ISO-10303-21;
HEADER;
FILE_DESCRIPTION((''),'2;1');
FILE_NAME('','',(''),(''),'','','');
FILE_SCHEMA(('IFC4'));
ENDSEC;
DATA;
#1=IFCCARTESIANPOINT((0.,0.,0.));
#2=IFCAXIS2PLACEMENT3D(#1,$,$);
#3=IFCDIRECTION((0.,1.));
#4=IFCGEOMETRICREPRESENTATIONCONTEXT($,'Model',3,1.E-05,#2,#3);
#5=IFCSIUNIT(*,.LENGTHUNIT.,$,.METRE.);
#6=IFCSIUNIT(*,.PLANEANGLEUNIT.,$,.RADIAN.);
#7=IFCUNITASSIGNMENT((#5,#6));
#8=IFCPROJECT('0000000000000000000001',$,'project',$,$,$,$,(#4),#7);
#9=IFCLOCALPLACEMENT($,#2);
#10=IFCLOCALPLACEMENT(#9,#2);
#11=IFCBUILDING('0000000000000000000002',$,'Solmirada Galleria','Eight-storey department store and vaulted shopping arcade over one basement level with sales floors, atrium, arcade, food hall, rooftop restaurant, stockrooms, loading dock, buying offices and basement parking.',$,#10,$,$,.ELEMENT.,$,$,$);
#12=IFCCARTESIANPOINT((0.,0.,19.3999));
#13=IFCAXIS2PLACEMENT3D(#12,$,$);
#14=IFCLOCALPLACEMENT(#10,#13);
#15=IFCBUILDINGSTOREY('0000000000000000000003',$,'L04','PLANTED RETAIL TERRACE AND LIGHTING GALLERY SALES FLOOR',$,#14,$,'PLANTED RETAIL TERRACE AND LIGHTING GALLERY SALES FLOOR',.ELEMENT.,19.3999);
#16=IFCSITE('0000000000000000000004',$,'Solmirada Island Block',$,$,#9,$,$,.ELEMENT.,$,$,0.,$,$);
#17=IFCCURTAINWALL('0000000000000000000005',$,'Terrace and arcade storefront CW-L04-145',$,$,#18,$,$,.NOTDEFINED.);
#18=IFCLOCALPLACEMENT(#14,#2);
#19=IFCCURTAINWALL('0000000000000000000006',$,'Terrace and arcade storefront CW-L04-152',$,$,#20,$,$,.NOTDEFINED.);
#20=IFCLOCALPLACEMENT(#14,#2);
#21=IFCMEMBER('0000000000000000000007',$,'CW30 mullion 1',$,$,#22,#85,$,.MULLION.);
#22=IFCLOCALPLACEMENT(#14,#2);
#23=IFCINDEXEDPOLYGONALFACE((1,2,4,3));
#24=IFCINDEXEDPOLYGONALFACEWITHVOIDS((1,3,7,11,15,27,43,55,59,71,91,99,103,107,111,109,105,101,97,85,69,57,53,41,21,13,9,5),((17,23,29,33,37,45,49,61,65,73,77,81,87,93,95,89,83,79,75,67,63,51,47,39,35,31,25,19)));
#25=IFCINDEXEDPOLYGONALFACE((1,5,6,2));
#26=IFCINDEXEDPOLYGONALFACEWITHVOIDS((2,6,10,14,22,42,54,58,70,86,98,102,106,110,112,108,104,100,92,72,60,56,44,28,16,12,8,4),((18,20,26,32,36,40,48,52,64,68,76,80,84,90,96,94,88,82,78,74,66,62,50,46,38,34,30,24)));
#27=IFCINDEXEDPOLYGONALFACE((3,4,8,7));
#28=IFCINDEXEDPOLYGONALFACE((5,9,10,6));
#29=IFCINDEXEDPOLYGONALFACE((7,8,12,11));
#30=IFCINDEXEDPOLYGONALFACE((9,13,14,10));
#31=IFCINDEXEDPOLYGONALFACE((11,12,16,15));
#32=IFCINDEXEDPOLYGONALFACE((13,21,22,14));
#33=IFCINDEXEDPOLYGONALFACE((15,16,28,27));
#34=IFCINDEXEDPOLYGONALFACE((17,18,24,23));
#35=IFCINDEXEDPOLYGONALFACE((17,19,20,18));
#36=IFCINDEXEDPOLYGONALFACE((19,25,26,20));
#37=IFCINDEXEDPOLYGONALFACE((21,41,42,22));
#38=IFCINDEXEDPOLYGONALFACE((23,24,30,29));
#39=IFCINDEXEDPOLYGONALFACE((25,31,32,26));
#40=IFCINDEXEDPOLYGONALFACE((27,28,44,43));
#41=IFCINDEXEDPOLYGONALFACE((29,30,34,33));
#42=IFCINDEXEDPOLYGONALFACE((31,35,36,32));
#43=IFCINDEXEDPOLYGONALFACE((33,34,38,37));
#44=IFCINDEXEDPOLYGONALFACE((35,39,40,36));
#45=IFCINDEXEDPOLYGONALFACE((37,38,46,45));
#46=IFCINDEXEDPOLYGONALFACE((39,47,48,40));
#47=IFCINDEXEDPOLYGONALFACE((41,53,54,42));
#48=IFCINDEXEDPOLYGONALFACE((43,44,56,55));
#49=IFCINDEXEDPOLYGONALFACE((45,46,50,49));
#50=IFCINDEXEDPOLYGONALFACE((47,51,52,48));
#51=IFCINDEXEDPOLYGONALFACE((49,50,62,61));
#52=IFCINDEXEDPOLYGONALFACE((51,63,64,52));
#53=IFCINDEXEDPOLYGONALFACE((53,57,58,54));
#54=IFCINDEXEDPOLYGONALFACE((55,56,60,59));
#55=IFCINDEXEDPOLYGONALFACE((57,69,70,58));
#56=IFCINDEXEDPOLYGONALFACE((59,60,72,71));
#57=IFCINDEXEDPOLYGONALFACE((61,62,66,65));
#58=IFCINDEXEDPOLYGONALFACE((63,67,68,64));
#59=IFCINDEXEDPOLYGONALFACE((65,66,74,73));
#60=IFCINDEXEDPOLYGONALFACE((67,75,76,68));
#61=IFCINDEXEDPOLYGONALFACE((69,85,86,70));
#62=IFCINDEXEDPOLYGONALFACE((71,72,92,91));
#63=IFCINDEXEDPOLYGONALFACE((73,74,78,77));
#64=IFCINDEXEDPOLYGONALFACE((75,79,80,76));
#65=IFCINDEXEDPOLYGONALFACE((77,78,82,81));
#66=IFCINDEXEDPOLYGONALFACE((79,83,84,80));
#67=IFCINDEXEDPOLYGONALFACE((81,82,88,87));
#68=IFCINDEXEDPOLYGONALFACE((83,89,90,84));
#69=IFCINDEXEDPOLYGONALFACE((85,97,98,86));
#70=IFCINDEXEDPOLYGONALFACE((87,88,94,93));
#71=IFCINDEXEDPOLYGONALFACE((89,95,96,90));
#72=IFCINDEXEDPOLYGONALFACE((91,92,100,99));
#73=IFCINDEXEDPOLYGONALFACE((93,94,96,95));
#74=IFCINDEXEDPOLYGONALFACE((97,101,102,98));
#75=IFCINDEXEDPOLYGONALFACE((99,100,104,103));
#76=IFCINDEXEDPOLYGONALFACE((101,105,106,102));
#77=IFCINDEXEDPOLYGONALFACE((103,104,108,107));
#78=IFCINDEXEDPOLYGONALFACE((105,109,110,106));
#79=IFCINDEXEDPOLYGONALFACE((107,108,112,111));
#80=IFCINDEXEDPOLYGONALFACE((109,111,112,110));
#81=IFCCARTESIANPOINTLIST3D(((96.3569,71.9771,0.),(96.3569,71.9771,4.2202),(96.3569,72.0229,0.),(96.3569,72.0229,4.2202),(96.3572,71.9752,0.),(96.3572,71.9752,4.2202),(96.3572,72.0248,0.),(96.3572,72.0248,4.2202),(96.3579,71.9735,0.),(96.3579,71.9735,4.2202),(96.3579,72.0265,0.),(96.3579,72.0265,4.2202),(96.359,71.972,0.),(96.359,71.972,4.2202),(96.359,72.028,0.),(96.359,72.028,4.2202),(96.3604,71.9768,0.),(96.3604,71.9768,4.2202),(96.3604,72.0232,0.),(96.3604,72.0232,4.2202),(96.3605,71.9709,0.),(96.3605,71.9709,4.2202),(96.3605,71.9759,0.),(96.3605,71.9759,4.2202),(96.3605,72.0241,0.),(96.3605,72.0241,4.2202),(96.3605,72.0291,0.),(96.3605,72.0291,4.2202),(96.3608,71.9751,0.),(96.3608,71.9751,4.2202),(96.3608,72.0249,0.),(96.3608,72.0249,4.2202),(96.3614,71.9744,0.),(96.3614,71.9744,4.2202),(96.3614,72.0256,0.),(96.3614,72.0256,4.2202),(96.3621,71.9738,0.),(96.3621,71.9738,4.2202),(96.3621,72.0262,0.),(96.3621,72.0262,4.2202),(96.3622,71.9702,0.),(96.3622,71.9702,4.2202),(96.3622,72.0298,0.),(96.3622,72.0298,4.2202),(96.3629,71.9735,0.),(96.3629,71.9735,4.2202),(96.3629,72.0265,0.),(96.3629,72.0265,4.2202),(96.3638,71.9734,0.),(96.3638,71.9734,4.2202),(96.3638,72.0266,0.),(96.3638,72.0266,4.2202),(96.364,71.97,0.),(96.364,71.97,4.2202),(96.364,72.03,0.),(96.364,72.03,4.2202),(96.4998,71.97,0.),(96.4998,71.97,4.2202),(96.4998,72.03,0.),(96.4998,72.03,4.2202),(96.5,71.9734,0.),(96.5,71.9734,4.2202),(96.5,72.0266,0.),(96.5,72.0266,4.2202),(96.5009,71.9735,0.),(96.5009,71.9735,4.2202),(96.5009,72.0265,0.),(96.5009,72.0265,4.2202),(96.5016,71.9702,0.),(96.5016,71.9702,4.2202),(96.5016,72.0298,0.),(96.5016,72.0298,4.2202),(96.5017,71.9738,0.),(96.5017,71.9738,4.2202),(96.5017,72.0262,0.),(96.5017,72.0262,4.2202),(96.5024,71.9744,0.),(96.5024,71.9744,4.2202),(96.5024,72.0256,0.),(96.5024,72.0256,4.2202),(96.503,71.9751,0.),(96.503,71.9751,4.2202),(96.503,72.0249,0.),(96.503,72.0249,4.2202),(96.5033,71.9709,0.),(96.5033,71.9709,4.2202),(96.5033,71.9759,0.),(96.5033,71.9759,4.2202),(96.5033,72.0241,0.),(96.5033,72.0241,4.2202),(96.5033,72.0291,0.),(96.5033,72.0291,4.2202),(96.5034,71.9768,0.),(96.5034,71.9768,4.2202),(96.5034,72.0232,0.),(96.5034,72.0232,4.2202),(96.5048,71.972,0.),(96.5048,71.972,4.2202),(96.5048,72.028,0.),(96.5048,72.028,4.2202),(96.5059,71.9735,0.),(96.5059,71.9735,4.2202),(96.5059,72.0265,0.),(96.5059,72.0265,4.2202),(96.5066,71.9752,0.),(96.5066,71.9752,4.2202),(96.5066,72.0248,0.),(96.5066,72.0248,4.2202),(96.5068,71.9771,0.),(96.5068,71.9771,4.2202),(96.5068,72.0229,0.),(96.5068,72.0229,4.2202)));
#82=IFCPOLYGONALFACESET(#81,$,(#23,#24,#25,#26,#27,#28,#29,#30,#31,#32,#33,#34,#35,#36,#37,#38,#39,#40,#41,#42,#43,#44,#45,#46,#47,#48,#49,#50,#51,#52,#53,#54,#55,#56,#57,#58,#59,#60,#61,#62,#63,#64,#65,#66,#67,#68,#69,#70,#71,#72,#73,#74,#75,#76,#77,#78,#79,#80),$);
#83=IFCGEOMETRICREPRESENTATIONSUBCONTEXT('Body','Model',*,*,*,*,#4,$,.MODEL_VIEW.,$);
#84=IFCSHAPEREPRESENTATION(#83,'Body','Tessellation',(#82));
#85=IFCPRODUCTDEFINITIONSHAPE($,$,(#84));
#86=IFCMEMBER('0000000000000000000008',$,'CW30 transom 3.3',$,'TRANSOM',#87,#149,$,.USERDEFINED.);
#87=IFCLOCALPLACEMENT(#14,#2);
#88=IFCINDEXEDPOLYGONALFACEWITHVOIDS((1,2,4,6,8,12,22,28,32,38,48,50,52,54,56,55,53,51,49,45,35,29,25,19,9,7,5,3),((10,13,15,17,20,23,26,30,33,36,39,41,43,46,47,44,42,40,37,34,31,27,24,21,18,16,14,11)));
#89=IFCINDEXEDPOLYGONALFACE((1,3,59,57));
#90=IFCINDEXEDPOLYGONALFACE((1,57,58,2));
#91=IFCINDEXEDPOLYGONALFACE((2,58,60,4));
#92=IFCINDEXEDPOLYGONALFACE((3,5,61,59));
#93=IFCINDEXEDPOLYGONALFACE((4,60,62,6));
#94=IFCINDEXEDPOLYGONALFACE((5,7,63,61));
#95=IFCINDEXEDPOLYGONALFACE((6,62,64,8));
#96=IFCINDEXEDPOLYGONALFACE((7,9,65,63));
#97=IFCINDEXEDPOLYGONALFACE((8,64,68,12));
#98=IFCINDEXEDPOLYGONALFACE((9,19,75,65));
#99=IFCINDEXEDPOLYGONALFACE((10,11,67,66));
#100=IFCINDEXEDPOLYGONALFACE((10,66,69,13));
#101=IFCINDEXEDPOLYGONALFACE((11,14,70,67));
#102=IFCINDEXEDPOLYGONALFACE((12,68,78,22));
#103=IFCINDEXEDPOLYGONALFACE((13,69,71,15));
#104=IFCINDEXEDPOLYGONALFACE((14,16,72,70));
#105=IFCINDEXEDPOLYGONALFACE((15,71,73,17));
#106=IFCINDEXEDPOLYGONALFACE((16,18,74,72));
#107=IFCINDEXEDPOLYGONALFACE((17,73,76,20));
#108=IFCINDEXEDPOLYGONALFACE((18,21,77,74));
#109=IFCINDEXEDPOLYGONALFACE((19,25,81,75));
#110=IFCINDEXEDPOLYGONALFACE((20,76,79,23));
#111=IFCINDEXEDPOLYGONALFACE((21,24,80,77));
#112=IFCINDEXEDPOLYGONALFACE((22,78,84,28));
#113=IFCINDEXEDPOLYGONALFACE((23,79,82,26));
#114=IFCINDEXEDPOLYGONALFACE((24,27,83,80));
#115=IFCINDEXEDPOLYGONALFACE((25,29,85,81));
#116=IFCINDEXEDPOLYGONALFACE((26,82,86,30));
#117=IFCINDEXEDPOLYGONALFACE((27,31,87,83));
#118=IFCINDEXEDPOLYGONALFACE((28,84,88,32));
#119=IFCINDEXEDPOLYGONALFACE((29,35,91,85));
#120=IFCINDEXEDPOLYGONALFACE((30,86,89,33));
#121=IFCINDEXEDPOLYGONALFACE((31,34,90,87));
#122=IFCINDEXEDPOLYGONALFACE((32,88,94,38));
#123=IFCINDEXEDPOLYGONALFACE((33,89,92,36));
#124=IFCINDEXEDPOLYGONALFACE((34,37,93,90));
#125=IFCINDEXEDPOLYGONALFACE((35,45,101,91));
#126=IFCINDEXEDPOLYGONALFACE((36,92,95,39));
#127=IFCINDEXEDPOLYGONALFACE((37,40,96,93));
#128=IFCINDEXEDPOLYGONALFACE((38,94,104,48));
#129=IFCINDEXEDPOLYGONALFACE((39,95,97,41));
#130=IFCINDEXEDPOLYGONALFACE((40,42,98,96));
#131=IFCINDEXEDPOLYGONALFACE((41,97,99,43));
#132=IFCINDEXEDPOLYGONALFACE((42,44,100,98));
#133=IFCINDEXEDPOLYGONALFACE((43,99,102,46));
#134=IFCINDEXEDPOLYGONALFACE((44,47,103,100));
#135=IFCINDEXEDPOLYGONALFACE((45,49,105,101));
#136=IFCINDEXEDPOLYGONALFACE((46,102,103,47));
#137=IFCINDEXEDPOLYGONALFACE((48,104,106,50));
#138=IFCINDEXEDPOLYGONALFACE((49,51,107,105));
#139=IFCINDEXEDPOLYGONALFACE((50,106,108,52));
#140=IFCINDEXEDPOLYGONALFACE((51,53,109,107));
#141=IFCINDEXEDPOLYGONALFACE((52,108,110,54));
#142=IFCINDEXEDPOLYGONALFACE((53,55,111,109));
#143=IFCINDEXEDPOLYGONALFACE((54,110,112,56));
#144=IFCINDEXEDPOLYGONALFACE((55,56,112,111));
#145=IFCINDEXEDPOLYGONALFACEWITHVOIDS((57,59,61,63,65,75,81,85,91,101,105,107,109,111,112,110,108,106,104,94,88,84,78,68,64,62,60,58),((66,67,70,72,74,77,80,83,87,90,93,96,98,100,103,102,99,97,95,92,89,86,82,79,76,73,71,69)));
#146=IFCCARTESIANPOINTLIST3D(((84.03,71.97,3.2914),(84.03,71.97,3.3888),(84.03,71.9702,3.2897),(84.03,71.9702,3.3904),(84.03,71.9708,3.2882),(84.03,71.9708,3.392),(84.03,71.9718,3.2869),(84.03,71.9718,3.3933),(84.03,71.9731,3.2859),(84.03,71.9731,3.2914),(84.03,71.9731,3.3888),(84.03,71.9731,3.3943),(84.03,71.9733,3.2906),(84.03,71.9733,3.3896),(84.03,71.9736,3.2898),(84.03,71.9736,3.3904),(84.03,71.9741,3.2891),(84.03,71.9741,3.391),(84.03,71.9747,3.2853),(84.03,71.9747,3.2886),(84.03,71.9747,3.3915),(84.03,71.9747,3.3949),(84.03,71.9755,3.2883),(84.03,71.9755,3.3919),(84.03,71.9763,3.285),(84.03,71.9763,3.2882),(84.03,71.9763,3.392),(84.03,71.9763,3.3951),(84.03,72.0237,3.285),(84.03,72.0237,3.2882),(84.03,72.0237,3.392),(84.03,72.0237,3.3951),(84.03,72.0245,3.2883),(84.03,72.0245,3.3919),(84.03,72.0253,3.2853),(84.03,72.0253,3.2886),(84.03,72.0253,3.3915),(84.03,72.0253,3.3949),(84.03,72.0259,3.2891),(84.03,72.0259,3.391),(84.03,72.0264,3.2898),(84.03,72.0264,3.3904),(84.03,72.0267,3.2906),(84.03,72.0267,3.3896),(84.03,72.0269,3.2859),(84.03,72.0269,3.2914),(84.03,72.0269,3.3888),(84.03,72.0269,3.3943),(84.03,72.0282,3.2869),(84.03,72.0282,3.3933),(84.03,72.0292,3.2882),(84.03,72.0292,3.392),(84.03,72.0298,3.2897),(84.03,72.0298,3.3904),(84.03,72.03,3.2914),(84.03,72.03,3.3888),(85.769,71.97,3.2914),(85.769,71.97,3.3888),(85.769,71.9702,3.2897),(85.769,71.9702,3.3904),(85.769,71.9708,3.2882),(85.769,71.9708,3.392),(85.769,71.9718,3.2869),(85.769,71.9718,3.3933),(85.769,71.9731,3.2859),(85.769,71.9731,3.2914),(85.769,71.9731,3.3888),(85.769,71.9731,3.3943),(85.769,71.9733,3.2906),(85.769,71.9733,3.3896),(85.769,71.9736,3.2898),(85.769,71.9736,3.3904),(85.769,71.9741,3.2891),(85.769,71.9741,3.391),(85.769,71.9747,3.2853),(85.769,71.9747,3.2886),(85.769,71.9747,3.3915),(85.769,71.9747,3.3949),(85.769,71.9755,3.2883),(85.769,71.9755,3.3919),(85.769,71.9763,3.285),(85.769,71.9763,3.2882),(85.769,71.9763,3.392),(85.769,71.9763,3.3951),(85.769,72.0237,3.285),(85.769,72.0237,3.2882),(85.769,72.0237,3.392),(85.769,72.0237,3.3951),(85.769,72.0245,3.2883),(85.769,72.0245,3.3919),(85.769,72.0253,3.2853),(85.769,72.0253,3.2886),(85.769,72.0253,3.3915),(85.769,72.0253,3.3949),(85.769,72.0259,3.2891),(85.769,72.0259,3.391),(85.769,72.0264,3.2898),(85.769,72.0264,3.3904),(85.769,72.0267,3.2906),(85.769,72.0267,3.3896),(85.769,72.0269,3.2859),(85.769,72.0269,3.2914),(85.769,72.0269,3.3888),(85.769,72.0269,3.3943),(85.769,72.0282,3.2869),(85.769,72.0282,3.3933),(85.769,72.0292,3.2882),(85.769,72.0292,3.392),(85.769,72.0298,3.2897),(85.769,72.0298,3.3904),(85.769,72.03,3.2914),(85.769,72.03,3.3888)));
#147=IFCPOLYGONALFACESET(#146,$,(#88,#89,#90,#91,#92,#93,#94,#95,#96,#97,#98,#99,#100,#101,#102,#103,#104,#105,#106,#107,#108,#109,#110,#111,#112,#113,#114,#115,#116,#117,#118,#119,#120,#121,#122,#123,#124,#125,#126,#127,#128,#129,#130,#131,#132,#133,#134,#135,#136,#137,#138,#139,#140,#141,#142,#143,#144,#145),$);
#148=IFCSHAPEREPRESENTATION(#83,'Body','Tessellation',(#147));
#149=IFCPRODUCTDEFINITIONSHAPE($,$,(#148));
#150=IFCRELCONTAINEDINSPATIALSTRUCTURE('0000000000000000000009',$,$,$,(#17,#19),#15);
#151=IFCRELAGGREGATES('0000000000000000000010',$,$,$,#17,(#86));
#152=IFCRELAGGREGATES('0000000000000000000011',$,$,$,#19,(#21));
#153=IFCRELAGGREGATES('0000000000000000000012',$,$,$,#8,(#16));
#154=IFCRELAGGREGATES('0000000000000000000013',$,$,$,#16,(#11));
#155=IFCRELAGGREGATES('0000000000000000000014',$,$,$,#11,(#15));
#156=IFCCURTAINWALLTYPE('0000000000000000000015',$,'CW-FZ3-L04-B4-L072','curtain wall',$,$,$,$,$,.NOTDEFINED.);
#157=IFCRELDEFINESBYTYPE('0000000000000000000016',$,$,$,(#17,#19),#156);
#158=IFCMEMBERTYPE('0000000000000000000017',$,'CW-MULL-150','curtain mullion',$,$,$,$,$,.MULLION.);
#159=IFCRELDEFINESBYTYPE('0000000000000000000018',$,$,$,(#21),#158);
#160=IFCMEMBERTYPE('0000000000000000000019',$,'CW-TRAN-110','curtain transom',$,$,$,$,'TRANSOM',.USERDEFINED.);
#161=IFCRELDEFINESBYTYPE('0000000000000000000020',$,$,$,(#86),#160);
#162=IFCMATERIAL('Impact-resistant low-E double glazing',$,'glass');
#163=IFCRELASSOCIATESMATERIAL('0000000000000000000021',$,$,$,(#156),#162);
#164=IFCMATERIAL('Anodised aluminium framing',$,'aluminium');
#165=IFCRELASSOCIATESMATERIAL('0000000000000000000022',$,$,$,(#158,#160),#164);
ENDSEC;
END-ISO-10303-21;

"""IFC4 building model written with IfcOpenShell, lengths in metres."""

from ifc_helpers import new_model, si_unit, direction, frame, origin, origin_2d, place, context, subcontext, project, spatial, hollow_rectangle, extrude, material, material_profile, profile_set, type_object, element, aggregate, save


model = new_model("IFC4")

# Units and contexts
model_context = context("Model", 3, precision=1e-05, world=origin(), true_north=direction((0.0, 1.0)))
body_context = subcontext(model_context, "Body", "Model", "MODEL_VIEW")
ifc_project = project(units=[si_unit("LENGTHUNIT", "METRE"), si_unit("PLANEANGLEUNIT", "RADIAN")], contexts=[model_context])

# Site, building, storey
site_placement = place(None, origin())
site = spatial("IfcSite", under=ifc_project, at=site_placement, Name="Solmirada Island Block", CompositionType="ELEMENT", RefElevation=0.0)
building_placement = place(site_placement, origin())
building = spatial("IfcBuilding", under=site, at=building_placement, Name="Solmirada Galleria", Description="Eight-storey department store and vaulted shopping arcade over one basement level with sales floors, atrium, arcade, food hall, rooftop restaurant, stockrooms, loading dock, buying offices and basement parking.", CompositionType="ELEMENT")
storey_placement = place(building_placement, frame((0.0, 0.0, 19.3999)))
storey = spatial("IfcBuildingStorey", under=building, at=storey_placement, Name="L04", Description="PLANTED RETAIL TERRACE AND LIGHTING GALLERY SALES FLOOR", LongName="PLANTED RETAIL TERRACE AND LIGHTING GALLERY SALES FLOOR", CompositionType="ELEMENT", Elevation=19.3999)

# Curtain wall
ifc_material_1 = material(Name="Impact-resistant low-E double glazing", Category="glass")
curtain_wall_type = type_object("IfcCurtainWallType", Name="CW-FZ3-L04-B4-L072", Description="curtain wall", PredefinedType="NOTDEFINED", material=ifc_material_1)
curtain_wall_1_placement = place(storey_placement, origin())
curtain_wall_1 = element("IfcCurtainWall", 1, at=curtain_wall_1_placement, inside=storey, type_object=curtain_wall_type, Name="Terrace and arcade storefront CW-L04-145", PredefinedType="NOTDEFINED")
ifc_material_2 = material(Name="Anodised aluminium framing", Category="aluminium")
ifc_material_profile_1 = material_profile(ifc_material_2, hollow_rectangle(XDim=0.0601, YDim=0.1499, WallThickness=0.0034, InnerFilletRadius=0.0034, OuterFilletRadius=0.0071, at=origin_2d()), Name="ALU-MULL-150X60")
ifc_profile_set_1 = profile_set([ifc_material_profile_1], Name="Anodised aluminium framing")
member_type_1 = type_object("IfcMemberType", Name="CW-MULL-150", Description="curtain mullion", PredefinedType="MULLION", material=ifc_profile_set_1)

# Curtain wall, member
curtain_wall_2_placement = place(storey_placement, origin())
curtain_wall_2 = element("IfcCurtainWall", 2, at=curtain_wall_2_placement, inside=storey, type_object=curtain_wall_type, Name="Terrace and arcade storefront CW-L04-152", PredefinedType="NOTDEFINED")
member_1_placement = place(storey_placement, frame((96.4319, 72.0, 0.0), z_axis=(0.0, 0.0, 1.0), x_axis=(0.0, 1.0, 0.0)))
member_1 = element("IfcMember", 3, at=member_1_placement, type_object=member_type_1, Name="CW30 mullion 1", PredefinedType="MULLION", context=body_context, shape_type="SweptSolid", body=[
    extrude(hollow_rectangle(XDim=0.0601, YDim=0.1499, WallThickness=0.0034, InnerFilletRadius=0.0034, OuterFilletRadius=0.0071, at=origin_2d()), origin(), (0.0, 0.0, 1.0), 4.2202),
])

# Member
ifc_material_profile_2 = material_profile(ifc_material_2, hollow_rectangle(XDim=0.0601, YDim=0.1101, WallThickness=0.0032, InnerFilletRadius=0.0032, OuterFilletRadius=0.0063, at=origin_2d()), Name="ALU-TRAN-110X60")
ifc_profile_set_2 = profile_set([ifc_material_profile_2], Name="Anodised aluminium framing")
member_type_2 = type_object("IfcMemberType", Name="CW-TRAN-110", Description="curtain transom", ElementType="TRANSOM", PredefinedType="USERDEFINED", material=ifc_profile_set_2)
member_2_placement = place(storey_placement, frame((84.03, 72.0, 3.3401), z_axis=(1.0, 0.0, 0.0), x_axis=(0.0, 1.0, 0.0)))
member_2 = element("IfcMember", 4, at=member_2_placement, type_object=member_type_2, Name="CW30 transom 3.3", ObjectType="TRANSOM", PredefinedType="USERDEFINED", context=body_context, shape_type="SweptSolid", body=[
    extrude(hollow_rectangle(XDim=0.0601, YDim=0.1101, WallThickness=0.0032, InnerFilletRadius=0.0032, OuterFilletRadius=0.0063, at=origin_2d()), origin(), (0.0, 0.0, 1.0), 1.739),
])

aggregate(curtain_wall_1, [member_2])
aggregate(curtain_wall_2, [member_1])

save(model, "model.ifc")
